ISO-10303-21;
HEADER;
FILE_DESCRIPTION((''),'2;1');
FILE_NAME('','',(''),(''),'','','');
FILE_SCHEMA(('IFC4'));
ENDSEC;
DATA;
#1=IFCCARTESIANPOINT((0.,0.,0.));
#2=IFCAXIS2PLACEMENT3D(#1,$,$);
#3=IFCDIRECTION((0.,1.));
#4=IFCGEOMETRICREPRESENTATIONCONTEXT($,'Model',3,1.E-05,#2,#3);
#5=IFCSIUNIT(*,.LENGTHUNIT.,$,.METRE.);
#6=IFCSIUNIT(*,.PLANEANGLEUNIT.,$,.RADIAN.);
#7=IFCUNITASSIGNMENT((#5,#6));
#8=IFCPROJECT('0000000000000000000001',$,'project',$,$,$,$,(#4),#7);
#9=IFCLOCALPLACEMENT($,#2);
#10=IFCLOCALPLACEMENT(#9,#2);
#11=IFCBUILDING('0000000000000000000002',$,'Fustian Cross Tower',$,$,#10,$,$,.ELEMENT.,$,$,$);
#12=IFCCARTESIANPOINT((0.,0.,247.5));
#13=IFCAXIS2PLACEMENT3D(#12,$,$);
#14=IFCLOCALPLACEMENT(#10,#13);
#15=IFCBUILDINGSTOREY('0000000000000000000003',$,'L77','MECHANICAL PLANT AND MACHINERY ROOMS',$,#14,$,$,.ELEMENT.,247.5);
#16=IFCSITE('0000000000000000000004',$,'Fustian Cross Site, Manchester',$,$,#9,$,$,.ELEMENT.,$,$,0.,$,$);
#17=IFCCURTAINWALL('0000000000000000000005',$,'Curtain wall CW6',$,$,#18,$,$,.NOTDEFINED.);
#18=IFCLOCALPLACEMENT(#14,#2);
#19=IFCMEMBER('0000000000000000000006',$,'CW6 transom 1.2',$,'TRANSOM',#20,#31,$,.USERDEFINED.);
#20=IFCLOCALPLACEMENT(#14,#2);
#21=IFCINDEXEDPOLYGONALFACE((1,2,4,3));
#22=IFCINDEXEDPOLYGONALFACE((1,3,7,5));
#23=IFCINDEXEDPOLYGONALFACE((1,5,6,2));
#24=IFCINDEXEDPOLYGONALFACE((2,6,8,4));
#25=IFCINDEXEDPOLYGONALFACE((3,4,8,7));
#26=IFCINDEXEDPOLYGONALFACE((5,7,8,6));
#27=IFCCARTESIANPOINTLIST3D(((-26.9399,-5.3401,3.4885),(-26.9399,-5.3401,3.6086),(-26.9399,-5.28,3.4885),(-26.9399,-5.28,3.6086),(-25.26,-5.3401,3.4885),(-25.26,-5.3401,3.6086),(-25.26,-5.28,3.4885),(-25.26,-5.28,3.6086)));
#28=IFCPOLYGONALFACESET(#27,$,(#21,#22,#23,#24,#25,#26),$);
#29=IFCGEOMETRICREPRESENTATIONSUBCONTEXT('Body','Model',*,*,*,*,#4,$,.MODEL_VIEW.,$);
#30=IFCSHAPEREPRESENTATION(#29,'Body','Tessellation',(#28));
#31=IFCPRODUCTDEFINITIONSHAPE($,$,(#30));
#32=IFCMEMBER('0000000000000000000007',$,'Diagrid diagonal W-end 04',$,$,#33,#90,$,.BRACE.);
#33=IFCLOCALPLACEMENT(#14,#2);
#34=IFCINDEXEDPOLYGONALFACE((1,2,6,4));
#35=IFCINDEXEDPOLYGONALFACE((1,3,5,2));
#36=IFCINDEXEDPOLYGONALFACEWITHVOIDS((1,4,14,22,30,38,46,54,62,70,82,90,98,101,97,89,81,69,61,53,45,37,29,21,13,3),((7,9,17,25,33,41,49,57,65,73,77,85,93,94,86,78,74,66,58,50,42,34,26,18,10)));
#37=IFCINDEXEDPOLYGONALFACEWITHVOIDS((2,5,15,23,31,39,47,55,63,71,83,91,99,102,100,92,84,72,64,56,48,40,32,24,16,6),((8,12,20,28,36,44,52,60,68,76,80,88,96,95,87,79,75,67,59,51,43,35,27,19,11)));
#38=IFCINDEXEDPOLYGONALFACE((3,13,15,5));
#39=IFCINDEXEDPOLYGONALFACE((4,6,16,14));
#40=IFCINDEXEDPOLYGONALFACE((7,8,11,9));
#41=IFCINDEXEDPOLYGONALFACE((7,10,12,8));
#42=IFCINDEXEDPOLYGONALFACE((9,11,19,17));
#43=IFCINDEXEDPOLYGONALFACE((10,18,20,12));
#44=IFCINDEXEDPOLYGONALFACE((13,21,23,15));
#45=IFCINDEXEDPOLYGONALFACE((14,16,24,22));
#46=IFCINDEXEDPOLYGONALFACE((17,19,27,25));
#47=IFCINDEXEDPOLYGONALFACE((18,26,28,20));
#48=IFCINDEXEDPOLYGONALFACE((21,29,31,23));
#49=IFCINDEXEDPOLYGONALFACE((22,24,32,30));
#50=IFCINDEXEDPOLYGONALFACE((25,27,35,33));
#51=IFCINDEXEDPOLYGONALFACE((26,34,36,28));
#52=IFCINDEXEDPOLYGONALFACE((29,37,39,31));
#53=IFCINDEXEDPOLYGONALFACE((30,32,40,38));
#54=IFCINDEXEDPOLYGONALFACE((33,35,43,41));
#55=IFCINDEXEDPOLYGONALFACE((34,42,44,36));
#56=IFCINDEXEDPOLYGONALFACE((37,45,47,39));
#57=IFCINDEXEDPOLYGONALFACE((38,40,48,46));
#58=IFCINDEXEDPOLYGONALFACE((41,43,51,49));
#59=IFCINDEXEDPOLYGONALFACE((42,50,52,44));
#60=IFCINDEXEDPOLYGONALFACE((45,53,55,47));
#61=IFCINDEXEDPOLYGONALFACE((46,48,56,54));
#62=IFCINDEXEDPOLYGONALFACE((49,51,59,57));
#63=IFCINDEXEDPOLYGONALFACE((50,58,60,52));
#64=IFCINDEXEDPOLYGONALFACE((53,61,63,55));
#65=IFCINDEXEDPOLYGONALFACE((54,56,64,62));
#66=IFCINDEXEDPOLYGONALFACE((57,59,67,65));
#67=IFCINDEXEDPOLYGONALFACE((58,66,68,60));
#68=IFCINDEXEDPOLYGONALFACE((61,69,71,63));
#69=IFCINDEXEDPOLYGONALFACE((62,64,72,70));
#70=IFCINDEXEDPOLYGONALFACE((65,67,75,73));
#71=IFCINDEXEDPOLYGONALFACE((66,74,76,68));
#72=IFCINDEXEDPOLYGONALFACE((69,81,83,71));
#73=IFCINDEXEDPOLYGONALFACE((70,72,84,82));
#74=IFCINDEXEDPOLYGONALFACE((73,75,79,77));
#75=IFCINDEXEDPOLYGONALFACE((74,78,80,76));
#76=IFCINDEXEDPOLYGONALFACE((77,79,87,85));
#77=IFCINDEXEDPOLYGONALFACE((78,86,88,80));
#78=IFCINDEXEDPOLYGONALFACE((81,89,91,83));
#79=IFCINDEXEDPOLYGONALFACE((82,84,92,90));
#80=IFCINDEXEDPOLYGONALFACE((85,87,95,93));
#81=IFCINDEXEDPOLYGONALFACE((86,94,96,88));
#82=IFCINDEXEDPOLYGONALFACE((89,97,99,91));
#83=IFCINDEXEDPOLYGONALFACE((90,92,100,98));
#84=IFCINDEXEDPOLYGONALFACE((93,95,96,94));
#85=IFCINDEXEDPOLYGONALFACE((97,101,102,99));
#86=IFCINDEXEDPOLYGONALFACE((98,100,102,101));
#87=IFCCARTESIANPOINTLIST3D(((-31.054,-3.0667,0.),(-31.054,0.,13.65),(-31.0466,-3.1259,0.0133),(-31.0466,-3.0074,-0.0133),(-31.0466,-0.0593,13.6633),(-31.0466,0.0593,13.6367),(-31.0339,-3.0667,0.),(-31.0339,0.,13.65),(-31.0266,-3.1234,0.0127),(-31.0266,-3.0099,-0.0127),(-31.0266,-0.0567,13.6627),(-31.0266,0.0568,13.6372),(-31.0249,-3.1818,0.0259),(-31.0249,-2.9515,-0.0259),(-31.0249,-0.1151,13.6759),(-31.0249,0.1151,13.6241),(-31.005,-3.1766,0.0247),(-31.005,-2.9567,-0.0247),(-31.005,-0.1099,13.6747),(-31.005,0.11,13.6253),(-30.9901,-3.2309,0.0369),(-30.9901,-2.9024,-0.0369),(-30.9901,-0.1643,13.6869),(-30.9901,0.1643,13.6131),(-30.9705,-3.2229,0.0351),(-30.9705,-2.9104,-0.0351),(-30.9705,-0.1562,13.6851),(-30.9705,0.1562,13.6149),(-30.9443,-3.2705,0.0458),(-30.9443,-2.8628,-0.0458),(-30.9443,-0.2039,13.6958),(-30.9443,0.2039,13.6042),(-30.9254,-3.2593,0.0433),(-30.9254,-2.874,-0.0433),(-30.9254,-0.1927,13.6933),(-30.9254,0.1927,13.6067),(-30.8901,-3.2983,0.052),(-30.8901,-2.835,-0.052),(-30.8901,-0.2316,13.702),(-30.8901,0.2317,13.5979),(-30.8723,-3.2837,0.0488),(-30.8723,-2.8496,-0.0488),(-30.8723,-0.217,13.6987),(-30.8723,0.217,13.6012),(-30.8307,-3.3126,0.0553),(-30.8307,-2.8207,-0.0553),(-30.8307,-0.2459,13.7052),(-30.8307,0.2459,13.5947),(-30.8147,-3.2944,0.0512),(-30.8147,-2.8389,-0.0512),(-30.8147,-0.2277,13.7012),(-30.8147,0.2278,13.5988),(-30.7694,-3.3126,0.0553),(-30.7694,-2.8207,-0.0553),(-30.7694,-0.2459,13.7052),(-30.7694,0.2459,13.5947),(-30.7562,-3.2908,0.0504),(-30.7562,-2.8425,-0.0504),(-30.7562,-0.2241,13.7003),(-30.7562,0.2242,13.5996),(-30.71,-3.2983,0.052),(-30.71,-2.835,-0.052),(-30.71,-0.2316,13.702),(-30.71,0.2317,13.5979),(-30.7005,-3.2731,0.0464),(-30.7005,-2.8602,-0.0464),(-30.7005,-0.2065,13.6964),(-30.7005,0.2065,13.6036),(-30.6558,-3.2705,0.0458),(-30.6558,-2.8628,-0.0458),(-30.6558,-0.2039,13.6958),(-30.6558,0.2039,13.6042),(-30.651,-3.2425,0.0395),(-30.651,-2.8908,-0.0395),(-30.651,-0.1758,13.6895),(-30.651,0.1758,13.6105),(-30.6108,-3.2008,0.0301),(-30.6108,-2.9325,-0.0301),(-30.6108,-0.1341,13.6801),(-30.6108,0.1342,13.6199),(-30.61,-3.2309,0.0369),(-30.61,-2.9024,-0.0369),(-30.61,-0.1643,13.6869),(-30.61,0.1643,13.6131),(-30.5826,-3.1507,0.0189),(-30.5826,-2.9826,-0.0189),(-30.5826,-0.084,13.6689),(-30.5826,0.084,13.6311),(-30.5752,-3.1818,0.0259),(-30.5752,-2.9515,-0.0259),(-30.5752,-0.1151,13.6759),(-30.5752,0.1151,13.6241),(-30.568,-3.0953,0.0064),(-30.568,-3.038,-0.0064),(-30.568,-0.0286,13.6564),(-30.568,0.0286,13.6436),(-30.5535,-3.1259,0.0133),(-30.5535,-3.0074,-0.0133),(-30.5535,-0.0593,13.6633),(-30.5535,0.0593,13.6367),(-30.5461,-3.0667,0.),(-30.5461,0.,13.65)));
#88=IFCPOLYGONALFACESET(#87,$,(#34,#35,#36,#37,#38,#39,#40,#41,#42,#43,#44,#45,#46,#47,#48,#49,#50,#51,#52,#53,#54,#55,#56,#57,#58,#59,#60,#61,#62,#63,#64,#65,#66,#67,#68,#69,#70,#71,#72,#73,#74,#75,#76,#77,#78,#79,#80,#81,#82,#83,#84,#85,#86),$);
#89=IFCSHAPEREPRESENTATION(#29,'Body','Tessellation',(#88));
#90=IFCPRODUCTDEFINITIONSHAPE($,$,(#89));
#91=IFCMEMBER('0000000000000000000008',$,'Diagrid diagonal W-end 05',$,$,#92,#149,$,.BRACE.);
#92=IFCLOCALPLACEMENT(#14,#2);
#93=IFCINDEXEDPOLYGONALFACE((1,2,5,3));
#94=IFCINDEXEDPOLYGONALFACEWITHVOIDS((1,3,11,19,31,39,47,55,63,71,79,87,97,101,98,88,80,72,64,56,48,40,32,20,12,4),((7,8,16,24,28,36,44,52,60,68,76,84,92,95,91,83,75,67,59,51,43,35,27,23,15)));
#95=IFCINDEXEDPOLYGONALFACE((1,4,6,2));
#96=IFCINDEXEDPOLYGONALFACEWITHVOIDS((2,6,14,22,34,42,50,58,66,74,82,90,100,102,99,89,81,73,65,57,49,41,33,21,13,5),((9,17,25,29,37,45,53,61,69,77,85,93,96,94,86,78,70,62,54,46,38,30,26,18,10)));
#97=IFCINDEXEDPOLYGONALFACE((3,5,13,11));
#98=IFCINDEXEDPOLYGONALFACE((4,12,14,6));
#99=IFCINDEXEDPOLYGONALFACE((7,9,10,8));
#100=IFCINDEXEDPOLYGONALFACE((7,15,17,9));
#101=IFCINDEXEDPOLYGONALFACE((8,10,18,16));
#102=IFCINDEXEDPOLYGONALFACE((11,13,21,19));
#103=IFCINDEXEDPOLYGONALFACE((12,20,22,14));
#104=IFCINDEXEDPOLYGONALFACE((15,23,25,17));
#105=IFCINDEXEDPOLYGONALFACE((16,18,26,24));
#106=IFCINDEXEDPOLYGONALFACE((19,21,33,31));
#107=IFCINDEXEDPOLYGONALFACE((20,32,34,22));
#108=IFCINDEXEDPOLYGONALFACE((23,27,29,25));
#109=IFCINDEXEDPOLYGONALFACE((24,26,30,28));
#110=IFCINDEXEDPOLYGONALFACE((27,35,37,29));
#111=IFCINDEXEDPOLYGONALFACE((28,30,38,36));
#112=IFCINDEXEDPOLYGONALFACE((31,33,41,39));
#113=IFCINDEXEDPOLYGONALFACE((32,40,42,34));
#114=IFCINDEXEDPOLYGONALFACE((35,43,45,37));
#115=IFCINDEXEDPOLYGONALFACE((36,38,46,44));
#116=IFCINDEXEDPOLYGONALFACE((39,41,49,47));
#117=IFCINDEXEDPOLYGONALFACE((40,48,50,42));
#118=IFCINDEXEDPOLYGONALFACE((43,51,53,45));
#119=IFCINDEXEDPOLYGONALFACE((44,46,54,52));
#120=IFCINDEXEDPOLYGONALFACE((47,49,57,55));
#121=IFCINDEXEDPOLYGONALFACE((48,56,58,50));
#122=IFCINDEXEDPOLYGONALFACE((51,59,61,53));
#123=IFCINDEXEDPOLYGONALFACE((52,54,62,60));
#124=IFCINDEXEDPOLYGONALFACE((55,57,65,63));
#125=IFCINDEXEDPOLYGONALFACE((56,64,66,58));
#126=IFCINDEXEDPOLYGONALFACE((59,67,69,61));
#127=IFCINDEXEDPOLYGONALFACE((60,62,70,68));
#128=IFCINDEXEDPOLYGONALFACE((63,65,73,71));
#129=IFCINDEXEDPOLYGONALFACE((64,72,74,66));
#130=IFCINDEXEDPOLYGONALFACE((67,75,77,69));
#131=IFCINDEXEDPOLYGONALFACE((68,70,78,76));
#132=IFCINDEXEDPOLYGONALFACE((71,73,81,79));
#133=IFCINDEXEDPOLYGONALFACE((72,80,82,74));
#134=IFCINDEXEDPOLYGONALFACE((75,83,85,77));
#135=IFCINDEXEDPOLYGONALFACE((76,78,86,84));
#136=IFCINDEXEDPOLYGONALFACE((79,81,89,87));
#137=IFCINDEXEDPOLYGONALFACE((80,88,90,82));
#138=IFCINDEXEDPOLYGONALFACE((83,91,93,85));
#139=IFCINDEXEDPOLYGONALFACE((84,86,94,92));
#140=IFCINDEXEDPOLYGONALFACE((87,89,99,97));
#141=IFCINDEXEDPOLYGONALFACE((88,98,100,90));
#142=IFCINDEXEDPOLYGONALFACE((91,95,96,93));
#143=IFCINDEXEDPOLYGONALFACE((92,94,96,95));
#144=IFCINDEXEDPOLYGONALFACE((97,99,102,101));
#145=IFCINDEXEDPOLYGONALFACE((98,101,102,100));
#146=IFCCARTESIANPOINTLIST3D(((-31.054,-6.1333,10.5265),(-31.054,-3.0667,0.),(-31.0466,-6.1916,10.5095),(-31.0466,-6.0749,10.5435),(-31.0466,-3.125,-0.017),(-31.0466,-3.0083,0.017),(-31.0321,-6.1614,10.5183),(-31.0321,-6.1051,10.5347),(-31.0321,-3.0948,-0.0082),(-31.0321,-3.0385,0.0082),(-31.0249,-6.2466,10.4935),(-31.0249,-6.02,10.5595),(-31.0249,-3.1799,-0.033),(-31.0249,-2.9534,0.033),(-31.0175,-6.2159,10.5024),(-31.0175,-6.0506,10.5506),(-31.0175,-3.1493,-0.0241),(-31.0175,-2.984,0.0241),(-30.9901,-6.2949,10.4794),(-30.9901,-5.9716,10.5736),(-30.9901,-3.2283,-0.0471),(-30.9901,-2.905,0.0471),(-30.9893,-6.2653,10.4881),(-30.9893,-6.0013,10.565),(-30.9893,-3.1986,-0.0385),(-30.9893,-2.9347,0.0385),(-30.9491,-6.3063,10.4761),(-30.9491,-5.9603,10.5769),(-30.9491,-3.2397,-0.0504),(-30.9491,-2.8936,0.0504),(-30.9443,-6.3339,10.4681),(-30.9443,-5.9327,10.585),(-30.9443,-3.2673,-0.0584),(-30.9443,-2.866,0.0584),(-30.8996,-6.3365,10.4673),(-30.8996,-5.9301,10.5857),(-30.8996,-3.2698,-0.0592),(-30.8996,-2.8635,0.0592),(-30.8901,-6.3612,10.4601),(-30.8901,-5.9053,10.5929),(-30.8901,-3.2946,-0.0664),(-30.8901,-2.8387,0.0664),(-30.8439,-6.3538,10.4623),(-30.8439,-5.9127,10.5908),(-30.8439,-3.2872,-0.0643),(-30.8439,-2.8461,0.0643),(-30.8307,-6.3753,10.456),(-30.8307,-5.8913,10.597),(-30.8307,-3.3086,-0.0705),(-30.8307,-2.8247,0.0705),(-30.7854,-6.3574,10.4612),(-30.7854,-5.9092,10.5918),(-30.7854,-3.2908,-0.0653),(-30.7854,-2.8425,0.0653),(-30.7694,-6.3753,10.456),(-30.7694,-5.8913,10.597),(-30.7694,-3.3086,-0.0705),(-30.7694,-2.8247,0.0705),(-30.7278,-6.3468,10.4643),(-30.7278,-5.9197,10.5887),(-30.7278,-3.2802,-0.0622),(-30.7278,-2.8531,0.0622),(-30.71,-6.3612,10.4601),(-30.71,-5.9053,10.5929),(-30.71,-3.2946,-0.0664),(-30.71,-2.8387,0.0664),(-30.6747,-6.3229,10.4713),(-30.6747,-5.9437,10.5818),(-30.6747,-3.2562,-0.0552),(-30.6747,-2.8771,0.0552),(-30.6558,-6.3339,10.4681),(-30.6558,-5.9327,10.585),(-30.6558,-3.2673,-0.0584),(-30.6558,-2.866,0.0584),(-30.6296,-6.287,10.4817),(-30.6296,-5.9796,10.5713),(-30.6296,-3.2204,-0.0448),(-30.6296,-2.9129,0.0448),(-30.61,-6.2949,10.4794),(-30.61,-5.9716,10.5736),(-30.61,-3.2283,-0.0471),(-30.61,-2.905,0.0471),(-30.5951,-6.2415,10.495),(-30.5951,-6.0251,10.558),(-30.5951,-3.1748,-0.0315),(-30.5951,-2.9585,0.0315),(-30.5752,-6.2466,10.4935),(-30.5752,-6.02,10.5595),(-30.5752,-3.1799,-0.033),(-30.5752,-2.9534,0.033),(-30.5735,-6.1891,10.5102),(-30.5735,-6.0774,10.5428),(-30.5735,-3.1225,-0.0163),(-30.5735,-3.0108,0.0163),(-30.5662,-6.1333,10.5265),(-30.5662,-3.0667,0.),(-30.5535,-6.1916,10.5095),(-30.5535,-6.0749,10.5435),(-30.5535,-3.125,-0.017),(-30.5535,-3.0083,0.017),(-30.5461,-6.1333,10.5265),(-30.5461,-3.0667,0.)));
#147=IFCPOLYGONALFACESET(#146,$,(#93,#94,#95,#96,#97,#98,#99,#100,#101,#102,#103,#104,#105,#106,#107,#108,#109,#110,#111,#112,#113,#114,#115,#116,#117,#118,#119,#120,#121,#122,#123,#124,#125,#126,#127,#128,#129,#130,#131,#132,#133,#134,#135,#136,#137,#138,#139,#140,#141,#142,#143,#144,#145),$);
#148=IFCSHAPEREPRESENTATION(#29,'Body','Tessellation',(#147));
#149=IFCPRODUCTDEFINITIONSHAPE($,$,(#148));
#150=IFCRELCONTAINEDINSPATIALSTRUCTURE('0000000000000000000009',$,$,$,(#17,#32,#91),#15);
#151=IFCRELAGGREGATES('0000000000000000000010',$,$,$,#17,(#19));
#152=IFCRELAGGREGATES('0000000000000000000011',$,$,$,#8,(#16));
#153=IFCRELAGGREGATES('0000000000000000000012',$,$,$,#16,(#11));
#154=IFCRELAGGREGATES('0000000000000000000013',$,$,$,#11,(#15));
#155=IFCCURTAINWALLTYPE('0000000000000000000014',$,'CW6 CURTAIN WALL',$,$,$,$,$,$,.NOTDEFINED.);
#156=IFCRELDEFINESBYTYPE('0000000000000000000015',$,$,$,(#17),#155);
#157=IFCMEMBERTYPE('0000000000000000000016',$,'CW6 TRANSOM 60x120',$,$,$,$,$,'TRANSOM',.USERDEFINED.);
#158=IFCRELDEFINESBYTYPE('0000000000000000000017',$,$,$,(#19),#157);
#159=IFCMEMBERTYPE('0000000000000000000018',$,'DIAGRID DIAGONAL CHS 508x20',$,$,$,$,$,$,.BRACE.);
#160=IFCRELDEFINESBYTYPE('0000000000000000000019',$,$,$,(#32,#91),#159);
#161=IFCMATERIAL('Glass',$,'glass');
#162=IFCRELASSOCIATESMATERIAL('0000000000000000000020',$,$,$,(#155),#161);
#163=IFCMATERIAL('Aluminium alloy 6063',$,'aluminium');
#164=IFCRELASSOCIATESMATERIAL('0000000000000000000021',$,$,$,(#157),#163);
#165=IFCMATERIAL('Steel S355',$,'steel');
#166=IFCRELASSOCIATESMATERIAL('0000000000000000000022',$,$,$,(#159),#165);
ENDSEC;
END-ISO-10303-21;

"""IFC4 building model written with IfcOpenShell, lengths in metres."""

from ifc_helpers import new_model, si_unit, direction, frame, origin, origin_2d, place, context, subcontext, project, spatial, rectangle, hollow_circle, extrude, material, material_profile, profile_set, type_object, element, aggregate, save


model = new_model("IFC4")

# Units and contexts
model_context = context("Model", 3, precision=1e-05, world=origin(), true_north=direction((0.0, 1.0)))
body_context = subcontext(model_context, "Body", "Model", "MODEL_VIEW")
ifc_project = project(units=[si_unit("LENGTHUNIT", "METRE"), si_unit("PLANEANGLEUNIT", "RADIAN")], contexts=[model_context])

# Site, building, storey
site_placement = place(None, origin())
site = spatial("IfcSite", under=ifc_project, at=site_placement, Name="Fustian Cross Site, Manchester", CompositionType="ELEMENT", RefElevation=0.0)
building_placement = place(site_placement, origin())
building = spatial("IfcBuilding", under=site, at=building_placement, Name="Fustian Cross Tower", CompositionType="ELEMENT")
storey_placement = place(building_placement, frame((0.0, 0.0, 247.5)))
storey = spatial("IfcBuildingStorey", under=building, at=storey_placement, Name="L77", Description="MECHANICAL PLANT AND MACHINERY ROOMS", CompositionType="ELEMENT", Elevation=247.5)

# Shared definitions
ifc_material_1 = material(Name="Glass", Category="glass")
curtain_wall_type = type_object("IfcCurtainWallType", Name="CW6 CURTAIN WALL", PredefinedType="NOTDEFINED", material=ifc_material_1)

# Curtain wall
curtain_wall_1_placement = place(storey_placement, origin())
curtain_wall_1 = element("IfcCurtainWall", 1, at=curtain_wall_1_placement, inside=storey, type_object=curtain_wall_type, Name="Curtain wall CW6", PredefinedType="NOTDEFINED")

# Member
ifc_material_2 = material(Name="Aluminium alloy 6063", Category="aluminium")
ifc_material_profile_1 = material_profile(ifc_material_2, rectangle(XDim=0.0601, YDim=0.1201, at=origin_2d()), Name="CW6 TRANSOM 60x120")
ifc_profile_set_1 = profile_set([ifc_material_profile_1], Name="Aluminium alloy 6063")
member_type_1 = type_object("IfcMemberType", Name="CW6 TRANSOM 60x120", ElementType="TRANSOM", PredefinedType="USERDEFINED", material=ifc_profile_set_1)
member_1_placement = place(storey_placement, frame((-26.9399, -5.3101, 3.5486), z_axis=(1.0, 0.0, 0.0), x_axis=(0.0, 1.0, 0.0)))
member_1 = element("IfcMember", 2, at=member_1_placement, type_object=member_type_1, Name="CW6 transom 1.2", ObjectType="TRANSOM", PredefinedType="USERDEFINED", context=body_context, shape_type="SweptSolid", body=[
    extrude(rectangle(XDim=0.0601, YDim=0.1201, at=origin_2d()), origin(), (0.0, 0.0, 1.0), 1.6799),
])
aggregate(curtain_wall_1, [member_1])

# Members
ifc_material_3 = material(Name="Steel S355", Category="steel")
ifc_material_profile_2 = material_profile(ifc_material_3, hollow_circle(Radius=0.2539, WallThickness=0.02, at=origin_2d()), Name="CHS 508x20")
ifc_profile_set_2 = profile_set([ifc_material_profile_2], Name="Steel S355")
member_type_2 = type_object("IfcMemberType", Name="DIAGRID DIAGONAL CHS 508x20", PredefinedType="BRACE", material=ifc_profile_set_2)
member_2_placement = place(storey_placement, frame((-30.8, -3.0667, 0.0), z_axis=(0.0, 0.219201, 0.97568), x_axis=(-1.0, 0.0, 0.0)))
element("IfcMember", 3, at=member_2_placement, inside=storey, type_object=member_type_2, Name="Diagrid diagonal W-end 04", PredefinedType="BRACE", context=body_context, shape_type="SweptSolid", body=[
    extrude(hollow_circle(Radius=0.2539, WallThickness=0.02, at=origin_2d()), origin(), (0.0, 0.0, 1.0), 13.9902),
])
for number, where, z_axis, x_axis, name in (
    (4, (-30.8, -3.0667, 0.0), (0.0, -0.279696, 0.960088), (1.0, 0.0, 0.0), "Diagrid diagonal W-end 05"),
):
    element("IfcMember", number, at=place(storey_placement, frame(where, z_axis=z_axis, x_axis=x_axis)), inside=storey, type_object=member_type_2, Name=name, PredefinedType="BRACE", context=body_context, shape_type="SweptSolid", body=[
        extrude(hollow_circle(Radius=0.2539, WallThickness=0.02, at=origin_2d()), origin(), (0.0, 0.0, 1.0), 10.9641),
    ])

save(model, "model.ifc")
